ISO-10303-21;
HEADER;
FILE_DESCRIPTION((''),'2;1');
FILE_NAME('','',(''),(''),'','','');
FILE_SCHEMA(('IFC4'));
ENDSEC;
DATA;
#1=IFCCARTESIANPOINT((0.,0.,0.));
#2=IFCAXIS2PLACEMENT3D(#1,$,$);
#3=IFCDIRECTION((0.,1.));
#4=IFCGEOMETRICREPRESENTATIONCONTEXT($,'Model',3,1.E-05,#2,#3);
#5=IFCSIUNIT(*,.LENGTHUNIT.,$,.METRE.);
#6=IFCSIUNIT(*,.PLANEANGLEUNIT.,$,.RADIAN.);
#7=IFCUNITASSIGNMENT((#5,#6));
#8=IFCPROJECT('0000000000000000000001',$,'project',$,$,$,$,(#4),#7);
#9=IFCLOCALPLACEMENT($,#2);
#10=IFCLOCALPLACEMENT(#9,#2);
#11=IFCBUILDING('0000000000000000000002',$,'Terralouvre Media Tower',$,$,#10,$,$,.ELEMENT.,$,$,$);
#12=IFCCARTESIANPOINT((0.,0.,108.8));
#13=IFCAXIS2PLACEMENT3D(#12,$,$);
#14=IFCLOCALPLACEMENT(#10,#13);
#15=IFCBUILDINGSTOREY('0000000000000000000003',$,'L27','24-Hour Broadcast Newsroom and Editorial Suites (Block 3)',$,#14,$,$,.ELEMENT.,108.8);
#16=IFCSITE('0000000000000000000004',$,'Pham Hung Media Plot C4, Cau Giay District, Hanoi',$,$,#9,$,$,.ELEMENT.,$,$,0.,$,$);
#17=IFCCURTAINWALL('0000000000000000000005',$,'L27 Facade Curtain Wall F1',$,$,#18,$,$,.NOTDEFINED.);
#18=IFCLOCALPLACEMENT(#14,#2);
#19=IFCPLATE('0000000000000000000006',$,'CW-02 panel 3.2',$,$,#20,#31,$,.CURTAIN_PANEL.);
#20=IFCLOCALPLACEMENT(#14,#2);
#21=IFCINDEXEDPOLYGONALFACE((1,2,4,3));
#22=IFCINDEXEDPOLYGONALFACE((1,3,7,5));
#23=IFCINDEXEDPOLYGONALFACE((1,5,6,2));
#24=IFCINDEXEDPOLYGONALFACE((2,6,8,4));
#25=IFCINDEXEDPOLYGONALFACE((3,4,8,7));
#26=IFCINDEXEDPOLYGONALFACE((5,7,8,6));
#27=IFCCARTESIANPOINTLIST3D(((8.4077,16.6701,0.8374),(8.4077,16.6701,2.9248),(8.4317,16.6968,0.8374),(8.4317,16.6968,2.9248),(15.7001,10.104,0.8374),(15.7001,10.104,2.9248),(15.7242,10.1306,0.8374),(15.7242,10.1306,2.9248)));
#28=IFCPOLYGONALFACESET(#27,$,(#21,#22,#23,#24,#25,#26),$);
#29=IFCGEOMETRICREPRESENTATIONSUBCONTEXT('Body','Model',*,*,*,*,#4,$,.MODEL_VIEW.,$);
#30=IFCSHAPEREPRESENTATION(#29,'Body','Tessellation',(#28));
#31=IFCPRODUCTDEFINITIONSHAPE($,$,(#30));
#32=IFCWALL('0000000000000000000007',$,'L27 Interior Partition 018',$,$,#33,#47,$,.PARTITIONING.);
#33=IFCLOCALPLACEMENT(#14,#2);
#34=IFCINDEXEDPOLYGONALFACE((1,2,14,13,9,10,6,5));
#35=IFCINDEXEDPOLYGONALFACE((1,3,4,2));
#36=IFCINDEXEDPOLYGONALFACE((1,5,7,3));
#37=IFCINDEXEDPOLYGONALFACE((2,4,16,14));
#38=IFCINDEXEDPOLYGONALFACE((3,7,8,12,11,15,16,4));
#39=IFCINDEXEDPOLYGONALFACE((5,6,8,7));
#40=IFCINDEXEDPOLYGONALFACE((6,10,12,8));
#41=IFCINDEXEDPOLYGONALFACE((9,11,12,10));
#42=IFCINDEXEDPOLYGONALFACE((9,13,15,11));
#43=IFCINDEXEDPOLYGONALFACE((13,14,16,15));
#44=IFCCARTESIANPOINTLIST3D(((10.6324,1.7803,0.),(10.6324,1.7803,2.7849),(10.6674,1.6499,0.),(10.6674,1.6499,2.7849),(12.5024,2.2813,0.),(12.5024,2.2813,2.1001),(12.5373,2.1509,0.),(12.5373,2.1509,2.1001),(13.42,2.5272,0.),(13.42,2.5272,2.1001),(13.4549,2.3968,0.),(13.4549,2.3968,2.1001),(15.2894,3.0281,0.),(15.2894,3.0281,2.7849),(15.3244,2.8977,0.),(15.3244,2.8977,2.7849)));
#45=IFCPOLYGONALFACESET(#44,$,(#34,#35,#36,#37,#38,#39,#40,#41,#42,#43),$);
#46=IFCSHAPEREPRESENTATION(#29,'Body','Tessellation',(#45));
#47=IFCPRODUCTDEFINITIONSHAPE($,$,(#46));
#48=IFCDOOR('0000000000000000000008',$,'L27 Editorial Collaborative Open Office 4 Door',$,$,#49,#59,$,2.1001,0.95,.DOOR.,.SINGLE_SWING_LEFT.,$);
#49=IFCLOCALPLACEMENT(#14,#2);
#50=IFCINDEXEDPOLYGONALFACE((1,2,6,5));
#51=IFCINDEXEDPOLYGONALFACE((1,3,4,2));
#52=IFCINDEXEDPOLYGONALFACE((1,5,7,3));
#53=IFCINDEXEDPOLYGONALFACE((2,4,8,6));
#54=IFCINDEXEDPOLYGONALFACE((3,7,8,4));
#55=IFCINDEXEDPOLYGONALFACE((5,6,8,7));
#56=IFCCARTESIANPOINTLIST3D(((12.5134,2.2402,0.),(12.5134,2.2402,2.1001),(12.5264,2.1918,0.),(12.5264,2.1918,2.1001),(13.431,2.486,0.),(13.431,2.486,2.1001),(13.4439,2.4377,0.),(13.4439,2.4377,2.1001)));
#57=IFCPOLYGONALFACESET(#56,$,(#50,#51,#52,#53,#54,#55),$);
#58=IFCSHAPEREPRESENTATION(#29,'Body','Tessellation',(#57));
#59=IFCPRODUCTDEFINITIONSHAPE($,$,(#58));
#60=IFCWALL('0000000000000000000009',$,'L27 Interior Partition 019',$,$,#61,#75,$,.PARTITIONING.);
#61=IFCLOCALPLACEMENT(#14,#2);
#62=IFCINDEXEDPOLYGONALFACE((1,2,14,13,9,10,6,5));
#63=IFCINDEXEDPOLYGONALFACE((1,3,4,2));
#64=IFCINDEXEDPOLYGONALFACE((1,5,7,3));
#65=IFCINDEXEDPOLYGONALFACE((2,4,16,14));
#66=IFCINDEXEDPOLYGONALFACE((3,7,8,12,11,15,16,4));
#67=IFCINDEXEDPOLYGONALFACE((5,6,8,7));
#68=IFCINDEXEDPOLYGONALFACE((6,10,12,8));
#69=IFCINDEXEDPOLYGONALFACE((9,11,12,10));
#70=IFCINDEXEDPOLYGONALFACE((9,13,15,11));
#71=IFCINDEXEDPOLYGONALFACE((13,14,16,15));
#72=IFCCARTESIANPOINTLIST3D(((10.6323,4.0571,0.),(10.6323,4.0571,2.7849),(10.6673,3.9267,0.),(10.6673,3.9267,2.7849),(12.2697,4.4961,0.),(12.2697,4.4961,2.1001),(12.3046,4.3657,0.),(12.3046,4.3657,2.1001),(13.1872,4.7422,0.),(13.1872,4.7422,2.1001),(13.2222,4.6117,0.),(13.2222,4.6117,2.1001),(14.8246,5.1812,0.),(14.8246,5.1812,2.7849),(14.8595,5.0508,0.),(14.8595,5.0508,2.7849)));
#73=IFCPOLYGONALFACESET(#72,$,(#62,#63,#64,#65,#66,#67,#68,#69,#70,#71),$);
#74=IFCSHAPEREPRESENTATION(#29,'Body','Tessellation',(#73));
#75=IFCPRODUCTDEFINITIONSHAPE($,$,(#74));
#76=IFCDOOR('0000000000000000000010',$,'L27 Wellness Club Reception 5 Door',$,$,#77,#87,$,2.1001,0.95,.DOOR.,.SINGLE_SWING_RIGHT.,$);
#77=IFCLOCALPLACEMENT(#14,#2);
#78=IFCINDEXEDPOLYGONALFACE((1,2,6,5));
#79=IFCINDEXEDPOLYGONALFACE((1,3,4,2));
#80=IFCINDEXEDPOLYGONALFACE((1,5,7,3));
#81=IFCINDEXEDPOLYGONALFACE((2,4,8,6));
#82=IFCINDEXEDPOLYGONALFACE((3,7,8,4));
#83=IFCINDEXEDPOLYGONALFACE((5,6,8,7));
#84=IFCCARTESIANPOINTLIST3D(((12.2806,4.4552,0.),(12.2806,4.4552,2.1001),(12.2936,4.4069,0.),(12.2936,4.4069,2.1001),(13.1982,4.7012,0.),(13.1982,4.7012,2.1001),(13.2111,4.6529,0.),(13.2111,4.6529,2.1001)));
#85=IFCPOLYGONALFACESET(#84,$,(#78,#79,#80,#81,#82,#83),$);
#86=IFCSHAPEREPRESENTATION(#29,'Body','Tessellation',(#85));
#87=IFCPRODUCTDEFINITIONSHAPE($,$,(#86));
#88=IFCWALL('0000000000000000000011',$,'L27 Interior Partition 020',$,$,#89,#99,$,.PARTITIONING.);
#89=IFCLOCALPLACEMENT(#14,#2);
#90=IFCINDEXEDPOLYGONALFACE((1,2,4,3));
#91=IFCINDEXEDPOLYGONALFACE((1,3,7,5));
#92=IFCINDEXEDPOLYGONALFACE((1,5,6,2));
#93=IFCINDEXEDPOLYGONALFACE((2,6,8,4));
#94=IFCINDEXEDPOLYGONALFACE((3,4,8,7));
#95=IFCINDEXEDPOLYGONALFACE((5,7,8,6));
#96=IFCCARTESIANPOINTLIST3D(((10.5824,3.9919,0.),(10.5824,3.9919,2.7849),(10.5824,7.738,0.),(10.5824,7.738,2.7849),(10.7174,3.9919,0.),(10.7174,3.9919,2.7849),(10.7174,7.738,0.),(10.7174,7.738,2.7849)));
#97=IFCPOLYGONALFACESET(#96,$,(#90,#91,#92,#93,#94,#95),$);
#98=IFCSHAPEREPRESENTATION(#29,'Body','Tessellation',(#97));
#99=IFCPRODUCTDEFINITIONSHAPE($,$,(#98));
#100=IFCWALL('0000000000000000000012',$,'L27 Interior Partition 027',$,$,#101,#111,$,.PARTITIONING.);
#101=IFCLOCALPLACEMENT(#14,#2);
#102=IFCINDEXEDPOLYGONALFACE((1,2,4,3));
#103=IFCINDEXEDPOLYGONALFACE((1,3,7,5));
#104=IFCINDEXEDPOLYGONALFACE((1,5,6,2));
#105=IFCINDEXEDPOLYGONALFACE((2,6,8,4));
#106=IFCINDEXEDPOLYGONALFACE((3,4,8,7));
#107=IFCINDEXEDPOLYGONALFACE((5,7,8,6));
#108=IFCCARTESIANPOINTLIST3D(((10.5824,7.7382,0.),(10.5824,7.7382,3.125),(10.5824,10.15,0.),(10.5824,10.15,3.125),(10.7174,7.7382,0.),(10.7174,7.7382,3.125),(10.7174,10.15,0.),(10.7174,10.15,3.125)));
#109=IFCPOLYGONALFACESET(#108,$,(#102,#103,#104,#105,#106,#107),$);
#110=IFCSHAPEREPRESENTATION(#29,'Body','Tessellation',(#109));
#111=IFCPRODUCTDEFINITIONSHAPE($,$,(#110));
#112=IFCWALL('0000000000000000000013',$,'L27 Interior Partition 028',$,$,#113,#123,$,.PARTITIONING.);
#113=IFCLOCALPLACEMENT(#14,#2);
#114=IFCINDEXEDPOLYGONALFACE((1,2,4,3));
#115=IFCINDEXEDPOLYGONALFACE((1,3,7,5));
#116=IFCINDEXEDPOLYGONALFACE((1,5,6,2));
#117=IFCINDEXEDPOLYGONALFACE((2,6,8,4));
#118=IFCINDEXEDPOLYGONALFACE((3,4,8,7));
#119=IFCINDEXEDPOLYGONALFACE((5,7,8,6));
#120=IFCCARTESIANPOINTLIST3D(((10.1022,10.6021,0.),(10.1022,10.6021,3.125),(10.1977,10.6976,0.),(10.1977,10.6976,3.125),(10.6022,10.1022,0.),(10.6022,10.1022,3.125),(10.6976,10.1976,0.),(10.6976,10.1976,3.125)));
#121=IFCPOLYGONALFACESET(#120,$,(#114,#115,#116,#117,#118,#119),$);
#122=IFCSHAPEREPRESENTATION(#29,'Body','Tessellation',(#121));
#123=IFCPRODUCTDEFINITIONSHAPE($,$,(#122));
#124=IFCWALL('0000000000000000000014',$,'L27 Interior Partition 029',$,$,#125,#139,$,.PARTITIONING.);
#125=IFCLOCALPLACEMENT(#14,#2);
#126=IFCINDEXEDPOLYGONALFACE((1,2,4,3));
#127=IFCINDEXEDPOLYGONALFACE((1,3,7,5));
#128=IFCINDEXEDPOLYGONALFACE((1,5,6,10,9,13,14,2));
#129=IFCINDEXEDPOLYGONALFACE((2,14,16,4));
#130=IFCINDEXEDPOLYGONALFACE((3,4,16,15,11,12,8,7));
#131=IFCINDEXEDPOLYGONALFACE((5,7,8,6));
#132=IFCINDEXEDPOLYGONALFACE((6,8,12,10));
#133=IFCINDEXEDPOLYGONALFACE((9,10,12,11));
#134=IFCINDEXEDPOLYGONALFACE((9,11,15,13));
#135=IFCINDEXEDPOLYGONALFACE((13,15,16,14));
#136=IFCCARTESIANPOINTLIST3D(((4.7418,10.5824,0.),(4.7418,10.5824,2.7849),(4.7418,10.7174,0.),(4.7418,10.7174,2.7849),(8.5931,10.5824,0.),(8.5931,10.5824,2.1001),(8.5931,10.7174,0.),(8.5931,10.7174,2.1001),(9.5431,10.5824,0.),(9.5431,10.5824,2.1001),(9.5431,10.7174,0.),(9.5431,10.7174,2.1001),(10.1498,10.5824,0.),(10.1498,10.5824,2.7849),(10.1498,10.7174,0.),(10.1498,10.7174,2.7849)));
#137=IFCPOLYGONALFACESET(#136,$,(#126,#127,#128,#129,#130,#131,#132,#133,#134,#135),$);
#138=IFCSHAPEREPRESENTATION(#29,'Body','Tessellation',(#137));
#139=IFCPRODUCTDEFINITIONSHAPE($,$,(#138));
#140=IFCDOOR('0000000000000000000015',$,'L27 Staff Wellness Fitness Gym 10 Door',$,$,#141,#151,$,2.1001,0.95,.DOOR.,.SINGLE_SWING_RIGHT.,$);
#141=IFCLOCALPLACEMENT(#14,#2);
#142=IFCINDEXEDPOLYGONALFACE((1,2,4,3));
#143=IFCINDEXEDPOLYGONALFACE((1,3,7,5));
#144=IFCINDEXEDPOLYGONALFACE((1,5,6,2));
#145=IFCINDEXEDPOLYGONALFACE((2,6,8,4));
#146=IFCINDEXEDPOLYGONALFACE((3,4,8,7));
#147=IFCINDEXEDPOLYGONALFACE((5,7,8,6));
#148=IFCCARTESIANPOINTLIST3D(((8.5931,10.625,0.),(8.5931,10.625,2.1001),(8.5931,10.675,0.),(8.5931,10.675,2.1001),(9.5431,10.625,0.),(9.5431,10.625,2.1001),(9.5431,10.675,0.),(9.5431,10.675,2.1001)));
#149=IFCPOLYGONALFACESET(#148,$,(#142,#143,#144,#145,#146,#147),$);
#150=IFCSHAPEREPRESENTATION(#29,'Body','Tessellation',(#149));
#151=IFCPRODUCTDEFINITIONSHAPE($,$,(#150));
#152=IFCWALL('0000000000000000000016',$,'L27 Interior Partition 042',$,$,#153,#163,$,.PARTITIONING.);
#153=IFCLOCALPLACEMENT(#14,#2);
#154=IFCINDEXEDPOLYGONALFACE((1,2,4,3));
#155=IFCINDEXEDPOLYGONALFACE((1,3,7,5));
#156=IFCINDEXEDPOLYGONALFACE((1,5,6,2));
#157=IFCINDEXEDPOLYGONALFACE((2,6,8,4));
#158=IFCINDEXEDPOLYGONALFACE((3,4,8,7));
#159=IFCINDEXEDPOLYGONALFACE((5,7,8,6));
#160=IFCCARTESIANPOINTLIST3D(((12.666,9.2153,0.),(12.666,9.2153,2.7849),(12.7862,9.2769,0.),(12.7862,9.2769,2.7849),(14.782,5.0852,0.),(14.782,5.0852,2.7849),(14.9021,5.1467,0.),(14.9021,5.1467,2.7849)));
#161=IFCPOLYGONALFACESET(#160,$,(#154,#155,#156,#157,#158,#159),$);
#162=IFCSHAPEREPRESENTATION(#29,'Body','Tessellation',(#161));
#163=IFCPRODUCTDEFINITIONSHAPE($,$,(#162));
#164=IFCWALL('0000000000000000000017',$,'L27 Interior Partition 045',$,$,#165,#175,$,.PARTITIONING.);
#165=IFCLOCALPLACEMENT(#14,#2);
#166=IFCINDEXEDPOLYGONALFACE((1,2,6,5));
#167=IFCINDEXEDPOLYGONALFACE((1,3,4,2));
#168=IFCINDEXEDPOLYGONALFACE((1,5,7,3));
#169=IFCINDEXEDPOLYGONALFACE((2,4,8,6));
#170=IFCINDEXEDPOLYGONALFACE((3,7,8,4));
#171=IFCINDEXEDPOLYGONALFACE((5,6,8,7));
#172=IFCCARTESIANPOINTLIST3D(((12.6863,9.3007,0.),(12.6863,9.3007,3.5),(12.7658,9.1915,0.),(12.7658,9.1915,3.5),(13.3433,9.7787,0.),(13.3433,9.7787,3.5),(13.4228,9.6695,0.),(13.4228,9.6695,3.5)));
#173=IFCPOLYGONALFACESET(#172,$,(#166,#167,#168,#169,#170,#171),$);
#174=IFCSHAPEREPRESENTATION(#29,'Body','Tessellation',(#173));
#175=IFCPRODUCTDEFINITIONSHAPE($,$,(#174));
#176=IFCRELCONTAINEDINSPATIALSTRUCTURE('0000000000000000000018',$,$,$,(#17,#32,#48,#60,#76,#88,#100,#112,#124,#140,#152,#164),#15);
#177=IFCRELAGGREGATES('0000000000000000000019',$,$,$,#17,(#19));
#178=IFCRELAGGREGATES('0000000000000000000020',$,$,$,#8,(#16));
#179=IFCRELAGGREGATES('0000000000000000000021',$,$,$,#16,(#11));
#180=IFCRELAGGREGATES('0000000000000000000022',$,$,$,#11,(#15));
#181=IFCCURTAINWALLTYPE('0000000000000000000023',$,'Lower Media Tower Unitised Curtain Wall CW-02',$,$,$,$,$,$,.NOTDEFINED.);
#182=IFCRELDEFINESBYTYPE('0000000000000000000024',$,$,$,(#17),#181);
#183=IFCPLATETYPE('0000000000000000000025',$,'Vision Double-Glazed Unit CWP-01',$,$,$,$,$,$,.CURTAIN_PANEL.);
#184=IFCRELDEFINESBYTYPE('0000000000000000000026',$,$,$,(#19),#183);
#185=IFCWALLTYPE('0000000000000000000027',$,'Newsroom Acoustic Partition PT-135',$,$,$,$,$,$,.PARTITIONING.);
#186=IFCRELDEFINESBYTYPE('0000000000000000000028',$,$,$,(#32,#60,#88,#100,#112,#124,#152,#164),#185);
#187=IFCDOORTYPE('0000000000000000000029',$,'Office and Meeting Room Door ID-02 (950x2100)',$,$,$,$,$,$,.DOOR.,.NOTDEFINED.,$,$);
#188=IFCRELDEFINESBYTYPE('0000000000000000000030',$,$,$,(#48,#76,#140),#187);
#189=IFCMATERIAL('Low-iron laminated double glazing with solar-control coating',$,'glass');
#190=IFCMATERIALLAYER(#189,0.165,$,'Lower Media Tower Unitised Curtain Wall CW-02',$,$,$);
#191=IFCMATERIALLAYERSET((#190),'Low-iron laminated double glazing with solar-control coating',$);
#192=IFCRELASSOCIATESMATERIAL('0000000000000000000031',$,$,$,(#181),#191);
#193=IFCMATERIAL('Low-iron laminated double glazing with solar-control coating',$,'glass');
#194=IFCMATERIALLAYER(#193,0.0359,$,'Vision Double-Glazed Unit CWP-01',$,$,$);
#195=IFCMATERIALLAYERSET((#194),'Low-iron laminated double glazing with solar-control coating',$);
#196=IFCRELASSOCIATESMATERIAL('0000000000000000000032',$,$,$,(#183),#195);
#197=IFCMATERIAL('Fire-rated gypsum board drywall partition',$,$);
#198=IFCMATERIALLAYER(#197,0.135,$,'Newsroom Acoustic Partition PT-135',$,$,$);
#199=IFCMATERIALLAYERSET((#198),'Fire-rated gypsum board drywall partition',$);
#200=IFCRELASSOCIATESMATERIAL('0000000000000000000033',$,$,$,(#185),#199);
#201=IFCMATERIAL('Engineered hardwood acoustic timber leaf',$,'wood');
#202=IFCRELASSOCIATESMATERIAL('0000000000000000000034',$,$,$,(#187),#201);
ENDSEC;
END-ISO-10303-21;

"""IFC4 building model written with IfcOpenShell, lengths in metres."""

from ifc_helpers import new_model, si_unit, direction, frame, frame_2d, origin, origin_2d, place, context, subcontext, project, spatial, rectangle, extrude, material, layer, layer_set, type_object, element, fill, aggregate, save


model = new_model("IFC4")

# Units and contexts
model_context = context("Model", 3, precision=1e-05, world=origin(), true_north=direction((0.0, 1.0)))
body_context = subcontext(model_context, "Body", "Model", "MODEL_VIEW")
ifc_project = project(units=[si_unit("LENGTHUNIT", "METRE"), si_unit("PLANEANGLEUNIT", "RADIAN")], contexts=[model_context])

# Site, building, storey
site_placement = place(None, origin())
site = spatial("IfcSite", under=ifc_project, at=site_placement, Name="Pham Hung Media Plot C4, Cau Giay District, Hanoi", CompositionType="ELEMENT", RefElevation=0.0)
building_placement = place(site_placement, origin())
building = spatial("IfcBuilding", under=site, at=building_placement, Name="Terralouvre Media Tower", CompositionType="ELEMENT")
storey_placement = place(building_placement, frame((0.0, 0.0, 108.8)))
storey = spatial("IfcBuildingStorey", under=building, at=storey_placement, Name="L27", Description="24-Hour Broadcast Newsroom and Editorial Suites (Block 3)", CompositionType="ELEMENT", Elevation=108.8)

# Curtain wall
ifc_material_1 = material(Name="Low-iron laminated double glazing with solar-control coating", Category="glass")
ifc_layer_1 = layer(ifc_material_1, 0.165, Name="Lower Media Tower Unitised Curtain Wall CW-02")
ifc_layer_set_1 = layer_set([ifc_layer_1], Name="Low-iron laminated double glazing with solar-control coating")
curtain_wall_type = type_object("IfcCurtainWallType", Name="Lower Media Tower Unitised Curtain Wall CW-02", PredefinedType="NOTDEFINED", material=ifc_layer_set_1)
curtain_wall_placement = place(storey_placement, origin())
curtain_wall = element("IfcCurtainWall", 1, at=curtain_wall_placement, inside=storey, type_object=curtain_wall_type, Name="L27 Facade Curtain Wall F1", PredefinedType="NOTDEFINED")

# Plate
ifc_material_2 = material(Name="Low-iron laminated double glazing with solar-control coating", Category="glass")
ifc_layer_2 = layer(ifc_material_2, 0.0359, Name="Vision Double-Glazed Unit CWP-01")
ifc_layer_set_2 = layer_set([ifc_layer_2], Name="Low-iron laminated double glazing with solar-control coating")
plate_type = type_object("IfcPlateType", Name="Vision Double-Glazed Unit CWP-01", PredefinedType="CURTAIN_PANEL", material=ifc_layer_set_2)
plate_1_placement = place(storey_placement, frame((12.0659, 13.4004, 0.8374), z_axis=(0.0, 0.0, 1.0), x_axis=(-0.743145, 0.669131, 0.0)))
plate_1 = element("IfcPlate", 2, at=plate_1_placement, type_object=plate_type, Name="CW-02 panel 3.2", PredefinedType="CURTAIN_PANEL", context=body_context, shape_type="SweptSolid", body=[
    extrude(rectangle(XDim=9.813, YDim=0.0359, at=origin_2d()), origin(), (0.0, 0.0, 1.0), 2.0874),
])
aggregate(curtain_wall, [plate_1])

# Walls, openings, doors
ifc_material_3 = material(Name="Fire-rated gypsum board drywall partition")
ifc_layer_3 = layer(ifc_material_3, 0.135, Name="Newsroom Acoustic Partition PT-135")
ifc_layer_set_3 = layer_set([ifc_layer_3], Name="Fire-rated gypsum board drywall partition")
wall_type = type_object("IfcWallType", Name="Newsroom Acoustic Partition PT-135", PredefinedType="PARTITIONING", material=ifc_layer_set_3)
wall_1_placement = place(storey_placement, frame((10.6499, 1.7151, 0.0), z_axis=(0.0, 0.0, 1.0), x_axis=(0.965927, 0.258813, 0.0)))
wall_1 = element("IfcWall", 3, at=wall_1_placement, inside=storey, type_object=wall_type, Name="L27 Interior Partition 018", PredefinedType="PARTITIONING", context=body_context, shape_type="SweptSolid", body=[
    extrude(rectangle(XDim=4.8213, YDim=0.135, at=frame_2d((2.4106, 0.0))), origin(), (0.0, 0.0, 1.0), 2.7849),
])
opening_1_placement = place(wall_1_placement, frame((1.9358, 0.0, 0.0)))
opening_1 = element("IfcOpeningElement", 4, at=opening_1_placement, cuts=wall_1, PredefinedType="OPENING", context=body_context, shape_type="SweptSolid", body=[
    extrude(rectangle(XDim=0.95, YDim=2.1001, at=frame_2d((0.4751, 1.05))), frame((0.0, 0.0774, 0.0), z_axis=(0.0, -1.0, 0.0), x_axis=(1.0, 0.0, 0.0)), (0.0, 0.0, 1.0), 0.155),
])
ifc_material_4 = material(Name="Engineered hardwood acoustic timber leaf", Category="wood")
door_type = type_object("IfcDoorType", Name="Office and Meeting Room Door ID-02 (950x2100)", OperationType="NOTDEFINED", PredefinedType="DOOR", material=ifc_material_4)
door_1_placement = place(opening_1_placement, origin())
door_1 = element("IfcDoor", 5, at=door_1_placement, inside=storey, type_object=door_type, Name="L27 Editorial Collaborative Open Office 4 Door", OperationType="SINGLE_SWING_LEFT", OverallHeight=2.1001, OverallWidth=0.95, PredefinedType="DOOR", context=body_context, shape_type="SweptSolid", body=[
    extrude(rectangle(XDim=0.95, YDim=2.1001, at=frame_2d((0.4751, 1.05))), frame((0.0, 0.0249, 0.0), z_axis=(0.0, -1.0, 0.0), x_axis=(1.0, 0.0, 0.0)), (0.0, 0.0, 1.0), 0.05),
])
fill(opening_1, door_1)
wall_2_placement = place(storey_placement, frame((14.842, 5.116, 0.0), z_axis=(0.0, 0.0, 1.0), x_axis=(-0.965883, -0.258979, 0.0)))
wall_2 = element("IfcWall", 6, at=wall_2_placement, inside=storey, type_object=wall_type, Name="L27 Interior Partition 019", PredefinedType="PARTITIONING", context=body_context, shape_type="SweptSolid", body=[
    extrude(rectangle(XDim=4.3403, YDim=0.135, at=frame_2d((2.1702, 0.0))), origin(), (0.0, 0.0, 1.0), 2.7849),
])
opening_2_placement = place(wall_2_placement, frame((1.6951, 0.0, 0.0)))
opening_2 = element("IfcOpeningElement", 7, at=opening_2_placement, cuts=wall_2, PredefinedType="OPENING", context=body_context, shape_type="SweptSolid", body=[
    extrude(rectangle(XDim=0.95, YDim=2.1001, at=frame_2d((0.4751, 1.05))), frame((0.0, 0.0774, 0.0), z_axis=(0.0, -1.0, 0.0), x_axis=(1.0, 0.0, 0.0)), (0.0, 0.0, 1.0), 0.155),
])
door_2_placement = place(opening_2_placement, origin())
door_2 = element("IfcDoor", 8, at=door_2_placement, inside=storey, type_object=door_type, Name="L27 Wellness Club Reception 5 Door", OperationType="SINGLE_SWING_RIGHT", OverallHeight=2.1001, OverallWidth=0.95, PredefinedType="DOOR", context=body_context, shape_type="SweptSolid", body=[
    extrude(rectangle(XDim=0.95, YDim=2.1001, at=frame_2d((0.4751, 1.05))), frame((0.0, 0.0249, 0.0), z_axis=(0.0, -1.0, 0.0), x_axis=(1.0, 0.0, 0.0)), (0.0, 0.0, 1.0), 0.05),
])
fill(opening_2, door_2)

# Walls
wall_3_placement = place(storey_placement, frame((10.6499, 3.9919, 0.0), z_axis=(0.0, 0.0, 1.0), x_axis=(0.0, 1.0, 0.0)))
element("IfcWall", 9, at=wall_3_placement, inside=storey, type_object=wall_type, Name="L27 Interior Partition 020", PredefinedType="PARTITIONING", context=body_context, shape_type="SweptSolid", body=[
    extrude(rectangle(XDim=3.7461, YDim=0.135, at=frame_2d((1.873, 0.0))), origin(), (0.0, 0.0, 1.0), 2.7849),
])
wall_4_placement = place(storey_placement, frame((10.6499, 7.738, 0.0), z_axis=(0.0, 0.0, 1.0), x_axis=(0.0, 1.0, 0.0)))
element("IfcWall", 10, at=wall_4_placement, inside=storey, type_object=wall_type, Name="L27 Interior Partition 027", PredefinedType="PARTITIONING", context=body_context, shape_type="SweptSolid", body=[
    extrude(rectangle(XDim=2.4119, YDim=0.135, at=frame_2d((1.2061, 0.0))), origin(), (0.0, 0.0, 1.0), 3.125),
])
wall_5_placement = place(storey_placement, frame((10.6499, 10.1499, 0.0), z_axis=(0.0, 0.0, 1.0), x_axis=(-0.707107, 0.707107, 0.0)))
element("IfcWall", 11, at=wall_5_placement, inside=storey, type_object=wall_type, Name="L27 Interior Partition 028", PredefinedType="PARTITIONING", context=body_context, shape_type="SweptSolid", body=[
    extrude(rectangle(XDim=0.707, YDim=0.135, at=frame_2d((0.3535, 0.0))), origin(), (0.0, 0.0, 1.0), 3.125),
])

# Wall, opening, door
wall_6_placement = place(storey_placement, frame((10.1499, 10.6499, 0.0), z_axis=(0.0, 0.0, 1.0), x_axis=(-1.0, 0.0, 0.0)))
wall_6 = element("IfcWall", 12, at=wall_6_placement, inside=storey, type_object=wall_type, Name="L27 Interior Partition 029", PredefinedType="PARTITIONING", context=body_context, shape_type="SweptSolid", body=[
    extrude(rectangle(XDim=5.408, YDim=0.135, at=frame_2d((2.7041, 0.0))), origin(), (0.0, 0.0, 1.0), 2.7849),
])
opening_3_placement = place(wall_6_placement, frame((0.6067, 0.0, 0.0)))
opening_3 = element("IfcOpeningElement", 13, at=opening_3_placement, cuts=wall_6, PredefinedType="OPENING", context=body_context, shape_type="SweptSolid", body=[
    extrude(rectangle(XDim=0.95, YDim=2.1001, at=frame_2d((0.4751, 1.05))), frame((0.0, 0.0774, 0.0), z_axis=(0.0, -1.0, 0.0), x_axis=(1.0, 0.0, 0.0)), (0.0, 0.0, 1.0), 0.155),
])
door_3_placement = place(opening_3_placement, origin())
door_3 = element("IfcDoor", 14, at=door_3_placement, inside=storey, type_object=door_type, Name="L27 Staff Wellness Fitness Gym 10 Door", OperationType="SINGLE_SWING_RIGHT", OverallHeight=2.1001, OverallWidth=0.95, PredefinedType="DOOR", context=body_context, shape_type="SweptSolid", body=[
    extrude(rectangle(XDim=0.95, YDim=2.1001, at=frame_2d((0.4751, 1.05))), frame((0.0, 0.0249, 0.0), z_axis=(0.0, -1.0, 0.0), x_axis=(1.0, 0.0, 0.0)), (0.0, 0.0, 1.0), 0.05),
])
fill(opening_3, door_3)

# Walls
wall_7_placement = place(storey_placement, frame((12.7261, 9.2461, 0.0), z_axis=(0.0, 0.0, 1.0), x_axis=(0.455967, -0.889997, 0.0)))
element("IfcWall", 15, at=wall_7_placement, inside=storey, type_object=wall_type, Name="L27 Interior Partition 042", PredefinedType="PARTITIONING", context=body_context, shape_type="SweptSolid", body=[
    extrude(rectangle(XDim=4.6406, YDim=0.135, at=frame_2d((2.3203, 0.0))), origin(), (0.0, 0.0, 1.0), 2.7849),
])
wall_8_placement = place(storey_placement, frame((13.3831, 9.7241, 0.0), z_axis=(0.0, 0.0, 1.0), x_axis=(-0.808606, -0.58835, 0.0)))
element("IfcWall", 16, at=wall_8_placement, inside=storey, type_object=wall_type, Name="L27 Interior Partition 045", PredefinedType="PARTITIONING", context=body_context, shape_type="SweptSolid", body=[
    extrude(rectangle(XDim=0.8125, YDim=0.135, at=frame_2d((0.4062, 0.0))), origin(), (0.0, 0.0, 1.0), 3.5),
])

save(model, "model.ifc")
